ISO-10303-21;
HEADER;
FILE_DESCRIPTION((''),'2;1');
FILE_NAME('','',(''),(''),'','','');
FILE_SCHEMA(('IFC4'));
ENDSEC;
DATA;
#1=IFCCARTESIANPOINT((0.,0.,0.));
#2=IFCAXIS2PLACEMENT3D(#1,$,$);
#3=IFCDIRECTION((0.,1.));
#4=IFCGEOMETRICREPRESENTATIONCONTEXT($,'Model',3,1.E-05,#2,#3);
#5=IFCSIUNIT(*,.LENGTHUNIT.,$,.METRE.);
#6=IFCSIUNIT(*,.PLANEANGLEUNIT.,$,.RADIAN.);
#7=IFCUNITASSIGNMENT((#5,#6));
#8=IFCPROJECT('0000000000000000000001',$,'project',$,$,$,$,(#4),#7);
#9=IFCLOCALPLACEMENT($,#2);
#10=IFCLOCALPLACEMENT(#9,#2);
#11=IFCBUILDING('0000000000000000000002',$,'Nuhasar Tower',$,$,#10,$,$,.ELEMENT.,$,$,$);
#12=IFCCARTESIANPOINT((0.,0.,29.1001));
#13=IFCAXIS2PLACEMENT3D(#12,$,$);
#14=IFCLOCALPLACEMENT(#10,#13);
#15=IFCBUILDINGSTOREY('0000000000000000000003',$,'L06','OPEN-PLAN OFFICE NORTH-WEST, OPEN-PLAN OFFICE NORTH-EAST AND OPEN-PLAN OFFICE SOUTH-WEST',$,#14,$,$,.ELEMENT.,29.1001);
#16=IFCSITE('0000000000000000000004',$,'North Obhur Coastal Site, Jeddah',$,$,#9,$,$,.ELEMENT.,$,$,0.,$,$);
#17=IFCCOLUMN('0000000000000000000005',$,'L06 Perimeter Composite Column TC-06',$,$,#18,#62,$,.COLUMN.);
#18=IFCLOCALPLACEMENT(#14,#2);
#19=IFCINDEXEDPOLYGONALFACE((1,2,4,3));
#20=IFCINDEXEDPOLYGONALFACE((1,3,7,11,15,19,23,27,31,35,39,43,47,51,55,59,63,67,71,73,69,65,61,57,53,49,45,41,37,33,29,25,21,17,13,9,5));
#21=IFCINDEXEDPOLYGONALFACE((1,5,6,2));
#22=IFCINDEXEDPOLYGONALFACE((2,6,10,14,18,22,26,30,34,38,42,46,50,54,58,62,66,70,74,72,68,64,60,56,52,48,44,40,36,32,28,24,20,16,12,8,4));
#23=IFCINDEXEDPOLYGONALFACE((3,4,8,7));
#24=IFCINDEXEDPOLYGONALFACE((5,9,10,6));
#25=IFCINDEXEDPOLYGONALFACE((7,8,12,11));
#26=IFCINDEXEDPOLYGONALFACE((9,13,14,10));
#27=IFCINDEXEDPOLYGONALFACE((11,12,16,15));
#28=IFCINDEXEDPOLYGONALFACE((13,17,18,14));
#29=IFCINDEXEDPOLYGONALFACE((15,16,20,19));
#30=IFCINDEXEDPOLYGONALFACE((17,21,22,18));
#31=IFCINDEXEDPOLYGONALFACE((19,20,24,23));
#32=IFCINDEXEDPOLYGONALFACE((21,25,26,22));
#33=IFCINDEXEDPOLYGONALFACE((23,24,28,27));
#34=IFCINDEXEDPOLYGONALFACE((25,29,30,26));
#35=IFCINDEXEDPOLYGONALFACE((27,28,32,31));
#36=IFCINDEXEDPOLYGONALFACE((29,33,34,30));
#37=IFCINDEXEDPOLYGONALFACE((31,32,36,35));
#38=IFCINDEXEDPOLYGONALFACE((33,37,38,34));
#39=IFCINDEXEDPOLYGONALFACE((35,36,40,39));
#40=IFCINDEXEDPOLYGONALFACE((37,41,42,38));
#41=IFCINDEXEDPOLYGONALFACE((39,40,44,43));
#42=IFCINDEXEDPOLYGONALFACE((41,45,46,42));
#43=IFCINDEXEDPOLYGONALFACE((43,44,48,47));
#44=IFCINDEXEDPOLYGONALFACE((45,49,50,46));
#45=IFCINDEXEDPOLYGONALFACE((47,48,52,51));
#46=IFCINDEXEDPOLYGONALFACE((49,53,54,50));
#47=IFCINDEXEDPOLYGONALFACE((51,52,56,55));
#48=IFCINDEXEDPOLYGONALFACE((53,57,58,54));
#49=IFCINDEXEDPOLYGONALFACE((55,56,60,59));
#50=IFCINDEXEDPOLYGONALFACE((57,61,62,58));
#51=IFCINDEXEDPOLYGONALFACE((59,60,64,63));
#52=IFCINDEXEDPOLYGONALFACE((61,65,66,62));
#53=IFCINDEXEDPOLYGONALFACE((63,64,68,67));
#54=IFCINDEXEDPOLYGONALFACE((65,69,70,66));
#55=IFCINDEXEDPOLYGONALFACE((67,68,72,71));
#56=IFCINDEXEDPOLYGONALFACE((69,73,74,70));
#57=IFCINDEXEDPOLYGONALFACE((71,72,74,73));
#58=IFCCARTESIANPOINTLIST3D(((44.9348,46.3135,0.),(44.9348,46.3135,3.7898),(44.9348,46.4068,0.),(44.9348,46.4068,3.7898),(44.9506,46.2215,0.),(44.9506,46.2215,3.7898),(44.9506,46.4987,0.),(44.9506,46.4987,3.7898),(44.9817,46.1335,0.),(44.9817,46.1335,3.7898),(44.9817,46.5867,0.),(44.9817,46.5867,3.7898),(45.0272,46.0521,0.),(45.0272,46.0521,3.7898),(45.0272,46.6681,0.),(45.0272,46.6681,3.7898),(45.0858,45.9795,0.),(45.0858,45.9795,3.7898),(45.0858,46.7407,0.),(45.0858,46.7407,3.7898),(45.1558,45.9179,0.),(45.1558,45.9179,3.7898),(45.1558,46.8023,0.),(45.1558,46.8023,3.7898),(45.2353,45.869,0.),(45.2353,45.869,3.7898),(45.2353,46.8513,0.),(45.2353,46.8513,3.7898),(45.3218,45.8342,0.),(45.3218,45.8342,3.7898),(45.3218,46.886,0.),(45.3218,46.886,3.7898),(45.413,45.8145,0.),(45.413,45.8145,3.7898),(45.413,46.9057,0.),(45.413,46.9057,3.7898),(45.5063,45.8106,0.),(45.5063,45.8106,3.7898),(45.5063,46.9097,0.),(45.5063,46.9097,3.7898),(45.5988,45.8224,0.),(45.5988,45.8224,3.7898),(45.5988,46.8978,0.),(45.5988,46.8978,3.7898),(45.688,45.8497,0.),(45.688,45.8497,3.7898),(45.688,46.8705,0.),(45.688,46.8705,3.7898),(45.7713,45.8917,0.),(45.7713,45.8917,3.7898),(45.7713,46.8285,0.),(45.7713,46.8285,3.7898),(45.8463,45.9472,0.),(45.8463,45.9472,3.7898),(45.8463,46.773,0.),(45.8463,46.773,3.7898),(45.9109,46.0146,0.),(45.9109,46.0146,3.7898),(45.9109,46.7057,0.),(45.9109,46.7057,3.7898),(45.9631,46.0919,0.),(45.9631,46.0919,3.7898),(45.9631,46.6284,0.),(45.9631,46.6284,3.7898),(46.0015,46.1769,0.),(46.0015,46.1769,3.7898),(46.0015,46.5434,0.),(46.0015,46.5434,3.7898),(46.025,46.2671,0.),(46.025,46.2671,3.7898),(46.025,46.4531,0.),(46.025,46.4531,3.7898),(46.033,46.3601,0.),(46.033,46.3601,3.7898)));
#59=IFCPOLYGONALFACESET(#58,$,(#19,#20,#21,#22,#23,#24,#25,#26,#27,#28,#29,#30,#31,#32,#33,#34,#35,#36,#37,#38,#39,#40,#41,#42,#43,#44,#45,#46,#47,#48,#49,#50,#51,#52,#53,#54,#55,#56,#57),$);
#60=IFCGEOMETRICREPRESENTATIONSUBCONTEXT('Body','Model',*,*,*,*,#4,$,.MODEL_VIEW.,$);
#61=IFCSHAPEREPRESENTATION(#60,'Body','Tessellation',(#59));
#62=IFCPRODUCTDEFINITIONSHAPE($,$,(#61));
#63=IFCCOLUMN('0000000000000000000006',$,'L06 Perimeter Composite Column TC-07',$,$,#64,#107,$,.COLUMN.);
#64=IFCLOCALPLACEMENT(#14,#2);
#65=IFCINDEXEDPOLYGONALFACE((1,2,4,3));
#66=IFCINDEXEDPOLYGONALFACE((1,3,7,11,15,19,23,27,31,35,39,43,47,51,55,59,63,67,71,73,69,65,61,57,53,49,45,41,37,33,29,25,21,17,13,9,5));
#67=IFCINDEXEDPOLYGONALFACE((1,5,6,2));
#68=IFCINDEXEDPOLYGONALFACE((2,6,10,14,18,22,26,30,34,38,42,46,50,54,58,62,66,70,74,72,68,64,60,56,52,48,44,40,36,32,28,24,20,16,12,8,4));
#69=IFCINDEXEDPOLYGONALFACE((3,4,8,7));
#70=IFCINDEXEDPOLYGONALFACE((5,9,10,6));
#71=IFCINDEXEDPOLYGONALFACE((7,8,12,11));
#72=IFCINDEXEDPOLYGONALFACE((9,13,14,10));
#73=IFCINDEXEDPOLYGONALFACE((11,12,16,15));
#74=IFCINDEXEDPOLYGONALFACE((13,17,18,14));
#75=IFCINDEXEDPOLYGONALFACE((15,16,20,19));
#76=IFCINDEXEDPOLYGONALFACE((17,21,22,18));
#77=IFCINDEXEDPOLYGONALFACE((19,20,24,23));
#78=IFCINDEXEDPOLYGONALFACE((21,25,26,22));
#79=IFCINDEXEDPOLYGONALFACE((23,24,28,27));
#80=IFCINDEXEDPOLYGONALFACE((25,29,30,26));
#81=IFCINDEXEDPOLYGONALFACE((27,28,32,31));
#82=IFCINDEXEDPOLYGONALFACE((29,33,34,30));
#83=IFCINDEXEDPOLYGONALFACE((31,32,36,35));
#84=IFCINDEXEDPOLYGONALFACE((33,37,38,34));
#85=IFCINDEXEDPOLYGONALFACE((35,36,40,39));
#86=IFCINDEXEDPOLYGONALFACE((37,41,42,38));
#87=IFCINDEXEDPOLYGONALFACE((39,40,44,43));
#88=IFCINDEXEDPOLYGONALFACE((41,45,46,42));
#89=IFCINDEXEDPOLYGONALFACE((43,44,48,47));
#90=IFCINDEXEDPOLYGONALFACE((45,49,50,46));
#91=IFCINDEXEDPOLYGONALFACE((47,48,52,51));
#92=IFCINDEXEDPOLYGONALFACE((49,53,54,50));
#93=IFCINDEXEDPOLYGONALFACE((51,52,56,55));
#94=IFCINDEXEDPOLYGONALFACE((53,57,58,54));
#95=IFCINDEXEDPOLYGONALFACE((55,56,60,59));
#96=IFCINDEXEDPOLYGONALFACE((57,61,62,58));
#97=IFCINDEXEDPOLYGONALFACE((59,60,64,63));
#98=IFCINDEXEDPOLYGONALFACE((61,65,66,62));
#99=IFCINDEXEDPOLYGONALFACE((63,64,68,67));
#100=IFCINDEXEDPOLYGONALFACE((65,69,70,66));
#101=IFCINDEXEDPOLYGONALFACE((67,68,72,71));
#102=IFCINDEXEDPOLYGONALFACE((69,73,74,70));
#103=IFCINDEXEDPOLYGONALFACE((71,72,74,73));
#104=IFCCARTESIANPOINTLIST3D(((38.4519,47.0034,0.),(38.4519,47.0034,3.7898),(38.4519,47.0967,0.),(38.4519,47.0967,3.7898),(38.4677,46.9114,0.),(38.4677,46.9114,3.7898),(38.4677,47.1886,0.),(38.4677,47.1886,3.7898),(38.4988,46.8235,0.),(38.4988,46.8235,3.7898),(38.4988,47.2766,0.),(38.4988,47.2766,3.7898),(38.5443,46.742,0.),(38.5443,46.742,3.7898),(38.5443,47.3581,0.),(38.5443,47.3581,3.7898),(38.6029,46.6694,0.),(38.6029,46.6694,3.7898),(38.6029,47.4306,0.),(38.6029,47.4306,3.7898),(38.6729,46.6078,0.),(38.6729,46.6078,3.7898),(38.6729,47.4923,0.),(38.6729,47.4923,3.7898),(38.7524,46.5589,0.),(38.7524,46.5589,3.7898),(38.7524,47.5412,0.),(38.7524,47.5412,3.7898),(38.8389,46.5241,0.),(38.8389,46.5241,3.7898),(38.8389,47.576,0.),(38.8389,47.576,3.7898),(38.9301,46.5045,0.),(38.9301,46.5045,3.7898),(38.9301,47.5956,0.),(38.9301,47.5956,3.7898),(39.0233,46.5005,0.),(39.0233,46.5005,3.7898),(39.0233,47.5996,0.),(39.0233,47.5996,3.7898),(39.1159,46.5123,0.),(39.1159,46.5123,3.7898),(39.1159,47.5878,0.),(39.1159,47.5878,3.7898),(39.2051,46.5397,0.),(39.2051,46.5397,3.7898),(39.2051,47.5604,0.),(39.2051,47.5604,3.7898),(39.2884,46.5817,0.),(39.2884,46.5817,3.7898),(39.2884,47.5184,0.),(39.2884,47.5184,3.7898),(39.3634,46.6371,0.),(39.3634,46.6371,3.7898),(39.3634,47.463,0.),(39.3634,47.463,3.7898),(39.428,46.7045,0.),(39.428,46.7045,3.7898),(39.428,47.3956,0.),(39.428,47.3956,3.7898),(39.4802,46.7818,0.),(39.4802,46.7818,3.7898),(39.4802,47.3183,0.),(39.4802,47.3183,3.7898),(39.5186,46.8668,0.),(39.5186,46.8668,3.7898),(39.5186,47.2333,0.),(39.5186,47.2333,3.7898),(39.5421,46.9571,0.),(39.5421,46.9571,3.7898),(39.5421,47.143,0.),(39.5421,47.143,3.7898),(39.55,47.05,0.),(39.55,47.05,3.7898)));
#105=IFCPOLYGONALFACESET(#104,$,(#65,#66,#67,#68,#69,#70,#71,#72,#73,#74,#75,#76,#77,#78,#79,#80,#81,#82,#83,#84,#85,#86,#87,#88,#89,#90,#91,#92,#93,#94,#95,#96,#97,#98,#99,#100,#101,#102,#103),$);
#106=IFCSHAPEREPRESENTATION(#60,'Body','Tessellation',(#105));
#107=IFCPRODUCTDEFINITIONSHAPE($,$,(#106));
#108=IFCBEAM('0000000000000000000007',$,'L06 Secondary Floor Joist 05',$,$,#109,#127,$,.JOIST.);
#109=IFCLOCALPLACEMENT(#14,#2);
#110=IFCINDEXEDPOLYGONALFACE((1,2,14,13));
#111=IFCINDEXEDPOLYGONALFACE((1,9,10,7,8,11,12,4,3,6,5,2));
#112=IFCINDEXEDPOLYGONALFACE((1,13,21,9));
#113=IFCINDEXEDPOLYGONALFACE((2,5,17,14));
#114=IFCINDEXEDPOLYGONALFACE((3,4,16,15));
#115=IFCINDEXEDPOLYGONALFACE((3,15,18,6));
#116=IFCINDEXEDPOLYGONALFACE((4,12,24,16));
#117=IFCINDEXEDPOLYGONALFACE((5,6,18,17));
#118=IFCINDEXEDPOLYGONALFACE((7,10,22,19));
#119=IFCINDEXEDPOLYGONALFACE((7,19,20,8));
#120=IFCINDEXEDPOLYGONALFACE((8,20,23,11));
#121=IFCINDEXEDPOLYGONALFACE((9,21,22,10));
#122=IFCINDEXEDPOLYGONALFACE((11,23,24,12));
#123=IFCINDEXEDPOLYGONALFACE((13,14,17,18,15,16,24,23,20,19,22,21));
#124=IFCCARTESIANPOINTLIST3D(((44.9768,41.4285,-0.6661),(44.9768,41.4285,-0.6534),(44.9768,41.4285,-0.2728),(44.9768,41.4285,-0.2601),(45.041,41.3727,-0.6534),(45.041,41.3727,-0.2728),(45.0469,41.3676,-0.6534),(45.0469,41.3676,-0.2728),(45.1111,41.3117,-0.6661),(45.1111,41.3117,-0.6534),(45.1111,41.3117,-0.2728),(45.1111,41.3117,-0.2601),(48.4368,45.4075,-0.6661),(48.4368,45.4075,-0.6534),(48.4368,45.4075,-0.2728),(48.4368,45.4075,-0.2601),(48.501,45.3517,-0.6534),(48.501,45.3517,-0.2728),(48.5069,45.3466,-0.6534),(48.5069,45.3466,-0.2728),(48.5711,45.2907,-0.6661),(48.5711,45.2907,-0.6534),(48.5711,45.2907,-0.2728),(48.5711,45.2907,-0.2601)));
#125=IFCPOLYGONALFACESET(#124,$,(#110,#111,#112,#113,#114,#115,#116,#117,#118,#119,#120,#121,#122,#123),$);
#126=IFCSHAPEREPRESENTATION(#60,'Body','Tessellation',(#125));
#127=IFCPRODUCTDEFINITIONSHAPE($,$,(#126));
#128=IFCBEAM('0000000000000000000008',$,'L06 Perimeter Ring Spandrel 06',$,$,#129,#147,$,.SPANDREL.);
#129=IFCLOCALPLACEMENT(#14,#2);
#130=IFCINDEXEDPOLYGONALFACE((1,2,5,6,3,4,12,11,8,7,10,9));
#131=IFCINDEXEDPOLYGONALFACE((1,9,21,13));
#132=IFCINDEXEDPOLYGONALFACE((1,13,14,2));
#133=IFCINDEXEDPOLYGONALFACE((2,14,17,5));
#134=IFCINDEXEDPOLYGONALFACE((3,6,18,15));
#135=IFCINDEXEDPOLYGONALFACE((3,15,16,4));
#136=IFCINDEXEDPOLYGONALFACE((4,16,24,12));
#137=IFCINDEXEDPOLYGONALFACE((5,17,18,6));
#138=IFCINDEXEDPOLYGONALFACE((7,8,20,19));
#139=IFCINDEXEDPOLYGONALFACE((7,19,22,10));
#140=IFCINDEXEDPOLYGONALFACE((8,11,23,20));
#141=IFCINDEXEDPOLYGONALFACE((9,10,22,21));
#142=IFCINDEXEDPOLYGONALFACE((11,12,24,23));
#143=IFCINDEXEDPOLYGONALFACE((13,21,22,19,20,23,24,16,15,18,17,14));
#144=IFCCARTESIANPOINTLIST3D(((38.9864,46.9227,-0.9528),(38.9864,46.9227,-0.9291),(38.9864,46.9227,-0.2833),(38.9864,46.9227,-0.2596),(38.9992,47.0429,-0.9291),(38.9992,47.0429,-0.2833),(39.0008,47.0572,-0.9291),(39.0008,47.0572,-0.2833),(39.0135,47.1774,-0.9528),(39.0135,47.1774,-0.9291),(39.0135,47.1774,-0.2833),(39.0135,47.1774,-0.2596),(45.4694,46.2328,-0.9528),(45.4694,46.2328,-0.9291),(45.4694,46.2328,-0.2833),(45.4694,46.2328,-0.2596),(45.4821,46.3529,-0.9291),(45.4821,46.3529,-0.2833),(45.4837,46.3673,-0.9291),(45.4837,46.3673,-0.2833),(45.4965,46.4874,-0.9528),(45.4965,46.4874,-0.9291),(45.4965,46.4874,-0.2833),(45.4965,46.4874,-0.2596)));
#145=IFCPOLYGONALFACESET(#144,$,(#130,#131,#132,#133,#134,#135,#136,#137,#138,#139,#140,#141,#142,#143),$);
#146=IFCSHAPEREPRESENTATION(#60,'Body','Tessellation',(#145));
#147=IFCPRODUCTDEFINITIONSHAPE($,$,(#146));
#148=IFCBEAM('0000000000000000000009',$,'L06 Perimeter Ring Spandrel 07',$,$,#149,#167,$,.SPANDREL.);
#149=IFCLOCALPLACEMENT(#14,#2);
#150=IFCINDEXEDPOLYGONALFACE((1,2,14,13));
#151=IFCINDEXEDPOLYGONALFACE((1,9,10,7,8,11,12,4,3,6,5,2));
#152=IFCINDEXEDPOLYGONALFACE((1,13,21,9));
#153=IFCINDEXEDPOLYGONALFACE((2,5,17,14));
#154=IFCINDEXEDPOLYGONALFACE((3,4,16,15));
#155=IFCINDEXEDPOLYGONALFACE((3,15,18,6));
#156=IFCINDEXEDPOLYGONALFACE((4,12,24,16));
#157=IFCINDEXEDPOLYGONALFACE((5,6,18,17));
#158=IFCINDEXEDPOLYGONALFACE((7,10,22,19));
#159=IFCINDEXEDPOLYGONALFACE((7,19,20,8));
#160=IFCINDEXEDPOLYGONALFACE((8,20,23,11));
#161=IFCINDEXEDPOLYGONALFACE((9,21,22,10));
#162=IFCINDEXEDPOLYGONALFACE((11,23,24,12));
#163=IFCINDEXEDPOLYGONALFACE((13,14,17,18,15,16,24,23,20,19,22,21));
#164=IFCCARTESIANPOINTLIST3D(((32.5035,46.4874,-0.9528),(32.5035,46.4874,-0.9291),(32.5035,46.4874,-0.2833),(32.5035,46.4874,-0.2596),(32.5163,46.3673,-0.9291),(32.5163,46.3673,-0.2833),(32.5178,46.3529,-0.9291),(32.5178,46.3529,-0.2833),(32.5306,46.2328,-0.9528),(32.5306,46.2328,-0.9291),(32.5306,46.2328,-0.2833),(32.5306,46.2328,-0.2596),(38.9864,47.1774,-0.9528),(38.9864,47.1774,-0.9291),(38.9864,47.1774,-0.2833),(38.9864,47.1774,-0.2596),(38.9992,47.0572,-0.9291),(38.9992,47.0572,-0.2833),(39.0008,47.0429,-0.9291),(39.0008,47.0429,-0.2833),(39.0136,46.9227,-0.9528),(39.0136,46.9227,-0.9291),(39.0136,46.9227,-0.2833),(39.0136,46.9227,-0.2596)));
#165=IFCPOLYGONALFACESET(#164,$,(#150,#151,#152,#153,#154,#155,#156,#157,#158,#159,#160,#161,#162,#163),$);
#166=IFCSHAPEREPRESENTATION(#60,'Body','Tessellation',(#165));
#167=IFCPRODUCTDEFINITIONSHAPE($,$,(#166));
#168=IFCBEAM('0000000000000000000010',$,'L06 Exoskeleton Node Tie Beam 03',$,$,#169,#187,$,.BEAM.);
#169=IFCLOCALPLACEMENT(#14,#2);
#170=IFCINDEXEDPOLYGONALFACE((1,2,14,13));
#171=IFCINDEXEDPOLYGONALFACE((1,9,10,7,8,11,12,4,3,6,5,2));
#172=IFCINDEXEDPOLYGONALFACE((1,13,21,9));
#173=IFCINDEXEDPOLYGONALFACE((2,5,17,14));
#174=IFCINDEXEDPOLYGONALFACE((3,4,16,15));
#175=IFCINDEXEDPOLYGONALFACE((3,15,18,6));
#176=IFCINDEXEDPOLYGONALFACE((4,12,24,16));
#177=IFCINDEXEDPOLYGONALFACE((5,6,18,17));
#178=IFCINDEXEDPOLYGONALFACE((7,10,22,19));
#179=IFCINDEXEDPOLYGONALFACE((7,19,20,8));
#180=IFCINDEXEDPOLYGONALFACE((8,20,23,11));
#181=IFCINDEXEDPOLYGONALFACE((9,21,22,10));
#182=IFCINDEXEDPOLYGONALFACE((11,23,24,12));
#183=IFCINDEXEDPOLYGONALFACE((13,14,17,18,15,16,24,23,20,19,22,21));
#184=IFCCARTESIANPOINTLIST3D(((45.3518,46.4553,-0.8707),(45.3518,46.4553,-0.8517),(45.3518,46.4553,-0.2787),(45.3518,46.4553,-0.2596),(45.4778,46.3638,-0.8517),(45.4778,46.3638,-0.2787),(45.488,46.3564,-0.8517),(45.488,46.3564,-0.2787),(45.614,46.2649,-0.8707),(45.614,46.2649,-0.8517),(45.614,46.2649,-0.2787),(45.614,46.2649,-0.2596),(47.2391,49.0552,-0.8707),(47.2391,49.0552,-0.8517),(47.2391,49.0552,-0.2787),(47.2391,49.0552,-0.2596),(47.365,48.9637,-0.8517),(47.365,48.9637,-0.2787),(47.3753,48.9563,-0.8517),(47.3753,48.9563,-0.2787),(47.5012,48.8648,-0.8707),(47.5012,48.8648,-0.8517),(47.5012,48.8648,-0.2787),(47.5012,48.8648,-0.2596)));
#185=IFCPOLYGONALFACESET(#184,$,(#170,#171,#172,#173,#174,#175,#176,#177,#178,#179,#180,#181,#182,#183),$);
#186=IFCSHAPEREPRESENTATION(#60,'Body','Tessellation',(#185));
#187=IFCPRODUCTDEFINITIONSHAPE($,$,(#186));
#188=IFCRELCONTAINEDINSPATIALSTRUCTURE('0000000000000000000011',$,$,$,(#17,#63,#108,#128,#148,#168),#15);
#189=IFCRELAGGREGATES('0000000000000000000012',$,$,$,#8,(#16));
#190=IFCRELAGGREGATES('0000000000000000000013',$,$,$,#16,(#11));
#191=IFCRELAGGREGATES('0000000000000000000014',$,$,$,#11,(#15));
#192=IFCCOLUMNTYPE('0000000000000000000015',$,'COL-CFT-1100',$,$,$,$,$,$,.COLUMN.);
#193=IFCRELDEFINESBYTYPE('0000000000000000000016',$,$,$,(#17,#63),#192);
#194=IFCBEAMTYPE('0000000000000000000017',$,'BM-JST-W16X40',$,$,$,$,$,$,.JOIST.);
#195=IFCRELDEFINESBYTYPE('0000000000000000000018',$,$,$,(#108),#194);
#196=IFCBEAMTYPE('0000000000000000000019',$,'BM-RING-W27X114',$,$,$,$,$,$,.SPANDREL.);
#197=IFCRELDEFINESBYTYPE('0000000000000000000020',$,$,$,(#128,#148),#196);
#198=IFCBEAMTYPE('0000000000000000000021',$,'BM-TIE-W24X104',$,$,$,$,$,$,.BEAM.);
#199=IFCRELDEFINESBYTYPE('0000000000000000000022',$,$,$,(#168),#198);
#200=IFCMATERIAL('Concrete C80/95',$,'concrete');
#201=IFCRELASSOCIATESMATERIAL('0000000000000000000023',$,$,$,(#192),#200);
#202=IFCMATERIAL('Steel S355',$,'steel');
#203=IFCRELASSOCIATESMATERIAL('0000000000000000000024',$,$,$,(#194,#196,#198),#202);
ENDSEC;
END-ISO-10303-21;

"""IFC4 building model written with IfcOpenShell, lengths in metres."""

from ifc_helpers import new_model, si_unit, direction, frame, origin, origin_2d, place, context, subcontext, project, spatial, circle, i_section, extrude, material, material_profile, profile_set, type_object, element, save


model = new_model("IFC4")

# Units and contexts
model_context = context("Model", 3, precision=1e-05, world=origin(), true_north=direction((0.0, 1.0)))
body_context = subcontext(model_context, "Body", "Model", "MODEL_VIEW")
ifc_project = project(units=[si_unit("LENGTHUNIT", "METRE"), si_unit("PLANEANGLEUNIT", "RADIAN")], contexts=[model_context])

# Site, building, storey
site_placement = place(None, origin())
site = spatial("IfcSite", under=ifc_project, at=site_placement, Name="North Obhur Coastal Site, Jeddah", CompositionType="ELEMENT", RefElevation=0.0)
building_placement = place(site_placement, origin())
building = spatial("IfcBuilding", under=site, at=building_placement, Name="Nuhasar Tower", CompositionType="ELEMENT")
storey_placement = place(building_placement, frame((0.0, 0.0, 29.1001)))
storey = spatial("IfcBuildingStorey", under=building, at=storey_placement, Name="L06", Description="OPEN-PLAN OFFICE NORTH-WEST, OPEN-PLAN OFFICE NORTH-EAST AND OPEN-PLAN OFFICE SOUTH-WEST", CompositionType="ELEMENT", Elevation=29.1001)

# Columns
ifc_material_1 = material(Name="Concrete C80/95", Category="concrete")
ifc_material_profile_1 = material_profile(ifc_material_1, circle(Radius=0.55, at=origin_2d()), Name="CFT1100")
ifc_profile_set_1 = profile_set([ifc_material_profile_1], Name="Concrete C80/95")
column_type = type_object("IfcColumnType", Name="COL-CFT-1100", PredefinedType="COLUMN", material=ifc_profile_set_1)
for number, where, z_axis, x_axis, name in (
    (1, (45.4829, 46.3601, 0.0), (0.0, 0.0, 1.0), (1.0, 0.0, 0.0), "L06 Perimeter Composite Column TC-06"),
    (2, (39.0, 47.05, 0.0), (0.0, 0.0, 1.0), (1.0, 0.0, 0.0), "L06 Perimeter Composite Column TC-07"),
):
    element("IfcColumn", number, at=place(storey_placement, frame(where, z_axis=z_axis, x_axis=x_axis)), inside=storey, type_object=column_type, Name=name, PredefinedType="COLUMN", context=body_context, shape_type="SweptSolid", body=[
        extrude(circle(Radius=0.55, at=origin_2d()), origin(), (0.0, 0.0, 1.0), 3.7898),
    ])

# Beams
ifc_material_2 = material(Name="Steel S355", Category="steel")
ifc_material_profile_2 = material_profile(ifc_material_2, i_section(OverallWidth=0.178, OverallDepth=0.406, WebThickness=0.0078, FlangeThickness=0.0127, at=origin_2d()), Name="W16X40")
ifc_profile_set_2 = profile_set([ifc_material_profile_2], Name="Steel S355")
beam_type_1 = type_object("IfcBeamType", Name="BM-JST-W16X40", PredefinedType="JOIST", material=ifc_profile_set_2)
beam_1_placement = place(storey_placement, frame((45.0439, 41.3701, -0.4631), z_axis=(0.656174, 0.75461, 0.0), x_axis=(-0.75461, 0.656174, 0.0)))
element("IfcBeam", 3, at=beam_1_placement, inside=storey, type_object=beam_type_1, Name="L06 Secondary Floor Joist 05", PredefinedType="JOIST", context=body_context, shape_type="SweptSolid", body=[
    extrude(i_section(OverallWidth=0.178, OverallDepth=0.406, WebThickness=0.0078, FlangeThickness=0.0127, at=origin_2d()), origin(), (0.0, 0.0, 1.0), 5.2729),
])
ifc_material_profile_3 = material_profile(ifc_material_2, i_section(OverallWidth=0.2561, OverallDepth=0.6931, WebThickness=0.0144, FlangeThickness=0.0237, at=origin_2d()), Name="W27X114")
ifc_profile_set_3 = profile_set([ifc_material_profile_3], Name="Steel S355")
beam_type_2 = type_object("IfcBeamType", Name="BM-RING-W27X114", PredefinedType="SPANDREL", material=ifc_profile_set_3)
for number, where, z_axis, x_axis, name in (
    (4, (45.4829, 46.3601, -0.6062), (-0.994385, 0.105827, 0.0), (-0.105827, -0.994385, 0.0), "L06 Perimeter Ring Spandrel 06"),
    (5, (39.0, 47.05, -0.6062), (-0.994385, -0.105827, 0.0), (0.105827, -0.994385, 0.0), "L06 Perimeter Ring Spandrel 07"),
):
    element("IfcBeam", number, at=place(storey_placement, frame(where, z_axis=z_axis, x_axis=x_axis)), inside=storey, type_object=beam_type_2, Name=name, PredefinedType="SPANDREL", context=body_context, shape_type="SweptSolid", body=[
        extrude(i_section(OverallWidth=0.2561, OverallDepth=0.6931, WebThickness=0.0144, FlangeThickness=0.0237, at=origin_2d()), origin(), (0.0, 0.0, 1.0), 6.5195),
    ])
ifc_material_profile_4 = material_profile(ifc_material_2, i_section(OverallWidth=0.324, OverallDepth=0.6111, WebThickness=0.0127, FlangeThickness=0.019, at=origin_2d()), Name="W24X104")
ifc_profile_set_4 = profile_set([ifc_material_profile_4], Name="Steel S355")
beam_type_3 = type_object("IfcBeamType", Name="BM-TIE-W24X104", PredefinedType="BEAM", material=ifc_profile_set_4)
beam_2_placement = place(storey_placement, frame((45.4829, 46.3601, -0.5652), z_axis=(0.587439, 0.809268, 0.0), x_axis=(-0.809268, 0.587439, 0.0)))
element("IfcBeam", 6, at=beam_2_placement, inside=storey, type_object=beam_type_3, Name="L06 Exoskeleton Node Tie Beam 03", PredefinedType="BEAM", context=body_context, shape_type="SweptSolid", body=[
    extrude(i_section(OverallWidth=0.324, OverallDepth=0.6111, WebThickness=0.0127, FlangeThickness=0.019, at=origin_2d()), origin(), (0.0, 0.0, 1.0), 3.2126),
])

save(model, "model.ifc")
